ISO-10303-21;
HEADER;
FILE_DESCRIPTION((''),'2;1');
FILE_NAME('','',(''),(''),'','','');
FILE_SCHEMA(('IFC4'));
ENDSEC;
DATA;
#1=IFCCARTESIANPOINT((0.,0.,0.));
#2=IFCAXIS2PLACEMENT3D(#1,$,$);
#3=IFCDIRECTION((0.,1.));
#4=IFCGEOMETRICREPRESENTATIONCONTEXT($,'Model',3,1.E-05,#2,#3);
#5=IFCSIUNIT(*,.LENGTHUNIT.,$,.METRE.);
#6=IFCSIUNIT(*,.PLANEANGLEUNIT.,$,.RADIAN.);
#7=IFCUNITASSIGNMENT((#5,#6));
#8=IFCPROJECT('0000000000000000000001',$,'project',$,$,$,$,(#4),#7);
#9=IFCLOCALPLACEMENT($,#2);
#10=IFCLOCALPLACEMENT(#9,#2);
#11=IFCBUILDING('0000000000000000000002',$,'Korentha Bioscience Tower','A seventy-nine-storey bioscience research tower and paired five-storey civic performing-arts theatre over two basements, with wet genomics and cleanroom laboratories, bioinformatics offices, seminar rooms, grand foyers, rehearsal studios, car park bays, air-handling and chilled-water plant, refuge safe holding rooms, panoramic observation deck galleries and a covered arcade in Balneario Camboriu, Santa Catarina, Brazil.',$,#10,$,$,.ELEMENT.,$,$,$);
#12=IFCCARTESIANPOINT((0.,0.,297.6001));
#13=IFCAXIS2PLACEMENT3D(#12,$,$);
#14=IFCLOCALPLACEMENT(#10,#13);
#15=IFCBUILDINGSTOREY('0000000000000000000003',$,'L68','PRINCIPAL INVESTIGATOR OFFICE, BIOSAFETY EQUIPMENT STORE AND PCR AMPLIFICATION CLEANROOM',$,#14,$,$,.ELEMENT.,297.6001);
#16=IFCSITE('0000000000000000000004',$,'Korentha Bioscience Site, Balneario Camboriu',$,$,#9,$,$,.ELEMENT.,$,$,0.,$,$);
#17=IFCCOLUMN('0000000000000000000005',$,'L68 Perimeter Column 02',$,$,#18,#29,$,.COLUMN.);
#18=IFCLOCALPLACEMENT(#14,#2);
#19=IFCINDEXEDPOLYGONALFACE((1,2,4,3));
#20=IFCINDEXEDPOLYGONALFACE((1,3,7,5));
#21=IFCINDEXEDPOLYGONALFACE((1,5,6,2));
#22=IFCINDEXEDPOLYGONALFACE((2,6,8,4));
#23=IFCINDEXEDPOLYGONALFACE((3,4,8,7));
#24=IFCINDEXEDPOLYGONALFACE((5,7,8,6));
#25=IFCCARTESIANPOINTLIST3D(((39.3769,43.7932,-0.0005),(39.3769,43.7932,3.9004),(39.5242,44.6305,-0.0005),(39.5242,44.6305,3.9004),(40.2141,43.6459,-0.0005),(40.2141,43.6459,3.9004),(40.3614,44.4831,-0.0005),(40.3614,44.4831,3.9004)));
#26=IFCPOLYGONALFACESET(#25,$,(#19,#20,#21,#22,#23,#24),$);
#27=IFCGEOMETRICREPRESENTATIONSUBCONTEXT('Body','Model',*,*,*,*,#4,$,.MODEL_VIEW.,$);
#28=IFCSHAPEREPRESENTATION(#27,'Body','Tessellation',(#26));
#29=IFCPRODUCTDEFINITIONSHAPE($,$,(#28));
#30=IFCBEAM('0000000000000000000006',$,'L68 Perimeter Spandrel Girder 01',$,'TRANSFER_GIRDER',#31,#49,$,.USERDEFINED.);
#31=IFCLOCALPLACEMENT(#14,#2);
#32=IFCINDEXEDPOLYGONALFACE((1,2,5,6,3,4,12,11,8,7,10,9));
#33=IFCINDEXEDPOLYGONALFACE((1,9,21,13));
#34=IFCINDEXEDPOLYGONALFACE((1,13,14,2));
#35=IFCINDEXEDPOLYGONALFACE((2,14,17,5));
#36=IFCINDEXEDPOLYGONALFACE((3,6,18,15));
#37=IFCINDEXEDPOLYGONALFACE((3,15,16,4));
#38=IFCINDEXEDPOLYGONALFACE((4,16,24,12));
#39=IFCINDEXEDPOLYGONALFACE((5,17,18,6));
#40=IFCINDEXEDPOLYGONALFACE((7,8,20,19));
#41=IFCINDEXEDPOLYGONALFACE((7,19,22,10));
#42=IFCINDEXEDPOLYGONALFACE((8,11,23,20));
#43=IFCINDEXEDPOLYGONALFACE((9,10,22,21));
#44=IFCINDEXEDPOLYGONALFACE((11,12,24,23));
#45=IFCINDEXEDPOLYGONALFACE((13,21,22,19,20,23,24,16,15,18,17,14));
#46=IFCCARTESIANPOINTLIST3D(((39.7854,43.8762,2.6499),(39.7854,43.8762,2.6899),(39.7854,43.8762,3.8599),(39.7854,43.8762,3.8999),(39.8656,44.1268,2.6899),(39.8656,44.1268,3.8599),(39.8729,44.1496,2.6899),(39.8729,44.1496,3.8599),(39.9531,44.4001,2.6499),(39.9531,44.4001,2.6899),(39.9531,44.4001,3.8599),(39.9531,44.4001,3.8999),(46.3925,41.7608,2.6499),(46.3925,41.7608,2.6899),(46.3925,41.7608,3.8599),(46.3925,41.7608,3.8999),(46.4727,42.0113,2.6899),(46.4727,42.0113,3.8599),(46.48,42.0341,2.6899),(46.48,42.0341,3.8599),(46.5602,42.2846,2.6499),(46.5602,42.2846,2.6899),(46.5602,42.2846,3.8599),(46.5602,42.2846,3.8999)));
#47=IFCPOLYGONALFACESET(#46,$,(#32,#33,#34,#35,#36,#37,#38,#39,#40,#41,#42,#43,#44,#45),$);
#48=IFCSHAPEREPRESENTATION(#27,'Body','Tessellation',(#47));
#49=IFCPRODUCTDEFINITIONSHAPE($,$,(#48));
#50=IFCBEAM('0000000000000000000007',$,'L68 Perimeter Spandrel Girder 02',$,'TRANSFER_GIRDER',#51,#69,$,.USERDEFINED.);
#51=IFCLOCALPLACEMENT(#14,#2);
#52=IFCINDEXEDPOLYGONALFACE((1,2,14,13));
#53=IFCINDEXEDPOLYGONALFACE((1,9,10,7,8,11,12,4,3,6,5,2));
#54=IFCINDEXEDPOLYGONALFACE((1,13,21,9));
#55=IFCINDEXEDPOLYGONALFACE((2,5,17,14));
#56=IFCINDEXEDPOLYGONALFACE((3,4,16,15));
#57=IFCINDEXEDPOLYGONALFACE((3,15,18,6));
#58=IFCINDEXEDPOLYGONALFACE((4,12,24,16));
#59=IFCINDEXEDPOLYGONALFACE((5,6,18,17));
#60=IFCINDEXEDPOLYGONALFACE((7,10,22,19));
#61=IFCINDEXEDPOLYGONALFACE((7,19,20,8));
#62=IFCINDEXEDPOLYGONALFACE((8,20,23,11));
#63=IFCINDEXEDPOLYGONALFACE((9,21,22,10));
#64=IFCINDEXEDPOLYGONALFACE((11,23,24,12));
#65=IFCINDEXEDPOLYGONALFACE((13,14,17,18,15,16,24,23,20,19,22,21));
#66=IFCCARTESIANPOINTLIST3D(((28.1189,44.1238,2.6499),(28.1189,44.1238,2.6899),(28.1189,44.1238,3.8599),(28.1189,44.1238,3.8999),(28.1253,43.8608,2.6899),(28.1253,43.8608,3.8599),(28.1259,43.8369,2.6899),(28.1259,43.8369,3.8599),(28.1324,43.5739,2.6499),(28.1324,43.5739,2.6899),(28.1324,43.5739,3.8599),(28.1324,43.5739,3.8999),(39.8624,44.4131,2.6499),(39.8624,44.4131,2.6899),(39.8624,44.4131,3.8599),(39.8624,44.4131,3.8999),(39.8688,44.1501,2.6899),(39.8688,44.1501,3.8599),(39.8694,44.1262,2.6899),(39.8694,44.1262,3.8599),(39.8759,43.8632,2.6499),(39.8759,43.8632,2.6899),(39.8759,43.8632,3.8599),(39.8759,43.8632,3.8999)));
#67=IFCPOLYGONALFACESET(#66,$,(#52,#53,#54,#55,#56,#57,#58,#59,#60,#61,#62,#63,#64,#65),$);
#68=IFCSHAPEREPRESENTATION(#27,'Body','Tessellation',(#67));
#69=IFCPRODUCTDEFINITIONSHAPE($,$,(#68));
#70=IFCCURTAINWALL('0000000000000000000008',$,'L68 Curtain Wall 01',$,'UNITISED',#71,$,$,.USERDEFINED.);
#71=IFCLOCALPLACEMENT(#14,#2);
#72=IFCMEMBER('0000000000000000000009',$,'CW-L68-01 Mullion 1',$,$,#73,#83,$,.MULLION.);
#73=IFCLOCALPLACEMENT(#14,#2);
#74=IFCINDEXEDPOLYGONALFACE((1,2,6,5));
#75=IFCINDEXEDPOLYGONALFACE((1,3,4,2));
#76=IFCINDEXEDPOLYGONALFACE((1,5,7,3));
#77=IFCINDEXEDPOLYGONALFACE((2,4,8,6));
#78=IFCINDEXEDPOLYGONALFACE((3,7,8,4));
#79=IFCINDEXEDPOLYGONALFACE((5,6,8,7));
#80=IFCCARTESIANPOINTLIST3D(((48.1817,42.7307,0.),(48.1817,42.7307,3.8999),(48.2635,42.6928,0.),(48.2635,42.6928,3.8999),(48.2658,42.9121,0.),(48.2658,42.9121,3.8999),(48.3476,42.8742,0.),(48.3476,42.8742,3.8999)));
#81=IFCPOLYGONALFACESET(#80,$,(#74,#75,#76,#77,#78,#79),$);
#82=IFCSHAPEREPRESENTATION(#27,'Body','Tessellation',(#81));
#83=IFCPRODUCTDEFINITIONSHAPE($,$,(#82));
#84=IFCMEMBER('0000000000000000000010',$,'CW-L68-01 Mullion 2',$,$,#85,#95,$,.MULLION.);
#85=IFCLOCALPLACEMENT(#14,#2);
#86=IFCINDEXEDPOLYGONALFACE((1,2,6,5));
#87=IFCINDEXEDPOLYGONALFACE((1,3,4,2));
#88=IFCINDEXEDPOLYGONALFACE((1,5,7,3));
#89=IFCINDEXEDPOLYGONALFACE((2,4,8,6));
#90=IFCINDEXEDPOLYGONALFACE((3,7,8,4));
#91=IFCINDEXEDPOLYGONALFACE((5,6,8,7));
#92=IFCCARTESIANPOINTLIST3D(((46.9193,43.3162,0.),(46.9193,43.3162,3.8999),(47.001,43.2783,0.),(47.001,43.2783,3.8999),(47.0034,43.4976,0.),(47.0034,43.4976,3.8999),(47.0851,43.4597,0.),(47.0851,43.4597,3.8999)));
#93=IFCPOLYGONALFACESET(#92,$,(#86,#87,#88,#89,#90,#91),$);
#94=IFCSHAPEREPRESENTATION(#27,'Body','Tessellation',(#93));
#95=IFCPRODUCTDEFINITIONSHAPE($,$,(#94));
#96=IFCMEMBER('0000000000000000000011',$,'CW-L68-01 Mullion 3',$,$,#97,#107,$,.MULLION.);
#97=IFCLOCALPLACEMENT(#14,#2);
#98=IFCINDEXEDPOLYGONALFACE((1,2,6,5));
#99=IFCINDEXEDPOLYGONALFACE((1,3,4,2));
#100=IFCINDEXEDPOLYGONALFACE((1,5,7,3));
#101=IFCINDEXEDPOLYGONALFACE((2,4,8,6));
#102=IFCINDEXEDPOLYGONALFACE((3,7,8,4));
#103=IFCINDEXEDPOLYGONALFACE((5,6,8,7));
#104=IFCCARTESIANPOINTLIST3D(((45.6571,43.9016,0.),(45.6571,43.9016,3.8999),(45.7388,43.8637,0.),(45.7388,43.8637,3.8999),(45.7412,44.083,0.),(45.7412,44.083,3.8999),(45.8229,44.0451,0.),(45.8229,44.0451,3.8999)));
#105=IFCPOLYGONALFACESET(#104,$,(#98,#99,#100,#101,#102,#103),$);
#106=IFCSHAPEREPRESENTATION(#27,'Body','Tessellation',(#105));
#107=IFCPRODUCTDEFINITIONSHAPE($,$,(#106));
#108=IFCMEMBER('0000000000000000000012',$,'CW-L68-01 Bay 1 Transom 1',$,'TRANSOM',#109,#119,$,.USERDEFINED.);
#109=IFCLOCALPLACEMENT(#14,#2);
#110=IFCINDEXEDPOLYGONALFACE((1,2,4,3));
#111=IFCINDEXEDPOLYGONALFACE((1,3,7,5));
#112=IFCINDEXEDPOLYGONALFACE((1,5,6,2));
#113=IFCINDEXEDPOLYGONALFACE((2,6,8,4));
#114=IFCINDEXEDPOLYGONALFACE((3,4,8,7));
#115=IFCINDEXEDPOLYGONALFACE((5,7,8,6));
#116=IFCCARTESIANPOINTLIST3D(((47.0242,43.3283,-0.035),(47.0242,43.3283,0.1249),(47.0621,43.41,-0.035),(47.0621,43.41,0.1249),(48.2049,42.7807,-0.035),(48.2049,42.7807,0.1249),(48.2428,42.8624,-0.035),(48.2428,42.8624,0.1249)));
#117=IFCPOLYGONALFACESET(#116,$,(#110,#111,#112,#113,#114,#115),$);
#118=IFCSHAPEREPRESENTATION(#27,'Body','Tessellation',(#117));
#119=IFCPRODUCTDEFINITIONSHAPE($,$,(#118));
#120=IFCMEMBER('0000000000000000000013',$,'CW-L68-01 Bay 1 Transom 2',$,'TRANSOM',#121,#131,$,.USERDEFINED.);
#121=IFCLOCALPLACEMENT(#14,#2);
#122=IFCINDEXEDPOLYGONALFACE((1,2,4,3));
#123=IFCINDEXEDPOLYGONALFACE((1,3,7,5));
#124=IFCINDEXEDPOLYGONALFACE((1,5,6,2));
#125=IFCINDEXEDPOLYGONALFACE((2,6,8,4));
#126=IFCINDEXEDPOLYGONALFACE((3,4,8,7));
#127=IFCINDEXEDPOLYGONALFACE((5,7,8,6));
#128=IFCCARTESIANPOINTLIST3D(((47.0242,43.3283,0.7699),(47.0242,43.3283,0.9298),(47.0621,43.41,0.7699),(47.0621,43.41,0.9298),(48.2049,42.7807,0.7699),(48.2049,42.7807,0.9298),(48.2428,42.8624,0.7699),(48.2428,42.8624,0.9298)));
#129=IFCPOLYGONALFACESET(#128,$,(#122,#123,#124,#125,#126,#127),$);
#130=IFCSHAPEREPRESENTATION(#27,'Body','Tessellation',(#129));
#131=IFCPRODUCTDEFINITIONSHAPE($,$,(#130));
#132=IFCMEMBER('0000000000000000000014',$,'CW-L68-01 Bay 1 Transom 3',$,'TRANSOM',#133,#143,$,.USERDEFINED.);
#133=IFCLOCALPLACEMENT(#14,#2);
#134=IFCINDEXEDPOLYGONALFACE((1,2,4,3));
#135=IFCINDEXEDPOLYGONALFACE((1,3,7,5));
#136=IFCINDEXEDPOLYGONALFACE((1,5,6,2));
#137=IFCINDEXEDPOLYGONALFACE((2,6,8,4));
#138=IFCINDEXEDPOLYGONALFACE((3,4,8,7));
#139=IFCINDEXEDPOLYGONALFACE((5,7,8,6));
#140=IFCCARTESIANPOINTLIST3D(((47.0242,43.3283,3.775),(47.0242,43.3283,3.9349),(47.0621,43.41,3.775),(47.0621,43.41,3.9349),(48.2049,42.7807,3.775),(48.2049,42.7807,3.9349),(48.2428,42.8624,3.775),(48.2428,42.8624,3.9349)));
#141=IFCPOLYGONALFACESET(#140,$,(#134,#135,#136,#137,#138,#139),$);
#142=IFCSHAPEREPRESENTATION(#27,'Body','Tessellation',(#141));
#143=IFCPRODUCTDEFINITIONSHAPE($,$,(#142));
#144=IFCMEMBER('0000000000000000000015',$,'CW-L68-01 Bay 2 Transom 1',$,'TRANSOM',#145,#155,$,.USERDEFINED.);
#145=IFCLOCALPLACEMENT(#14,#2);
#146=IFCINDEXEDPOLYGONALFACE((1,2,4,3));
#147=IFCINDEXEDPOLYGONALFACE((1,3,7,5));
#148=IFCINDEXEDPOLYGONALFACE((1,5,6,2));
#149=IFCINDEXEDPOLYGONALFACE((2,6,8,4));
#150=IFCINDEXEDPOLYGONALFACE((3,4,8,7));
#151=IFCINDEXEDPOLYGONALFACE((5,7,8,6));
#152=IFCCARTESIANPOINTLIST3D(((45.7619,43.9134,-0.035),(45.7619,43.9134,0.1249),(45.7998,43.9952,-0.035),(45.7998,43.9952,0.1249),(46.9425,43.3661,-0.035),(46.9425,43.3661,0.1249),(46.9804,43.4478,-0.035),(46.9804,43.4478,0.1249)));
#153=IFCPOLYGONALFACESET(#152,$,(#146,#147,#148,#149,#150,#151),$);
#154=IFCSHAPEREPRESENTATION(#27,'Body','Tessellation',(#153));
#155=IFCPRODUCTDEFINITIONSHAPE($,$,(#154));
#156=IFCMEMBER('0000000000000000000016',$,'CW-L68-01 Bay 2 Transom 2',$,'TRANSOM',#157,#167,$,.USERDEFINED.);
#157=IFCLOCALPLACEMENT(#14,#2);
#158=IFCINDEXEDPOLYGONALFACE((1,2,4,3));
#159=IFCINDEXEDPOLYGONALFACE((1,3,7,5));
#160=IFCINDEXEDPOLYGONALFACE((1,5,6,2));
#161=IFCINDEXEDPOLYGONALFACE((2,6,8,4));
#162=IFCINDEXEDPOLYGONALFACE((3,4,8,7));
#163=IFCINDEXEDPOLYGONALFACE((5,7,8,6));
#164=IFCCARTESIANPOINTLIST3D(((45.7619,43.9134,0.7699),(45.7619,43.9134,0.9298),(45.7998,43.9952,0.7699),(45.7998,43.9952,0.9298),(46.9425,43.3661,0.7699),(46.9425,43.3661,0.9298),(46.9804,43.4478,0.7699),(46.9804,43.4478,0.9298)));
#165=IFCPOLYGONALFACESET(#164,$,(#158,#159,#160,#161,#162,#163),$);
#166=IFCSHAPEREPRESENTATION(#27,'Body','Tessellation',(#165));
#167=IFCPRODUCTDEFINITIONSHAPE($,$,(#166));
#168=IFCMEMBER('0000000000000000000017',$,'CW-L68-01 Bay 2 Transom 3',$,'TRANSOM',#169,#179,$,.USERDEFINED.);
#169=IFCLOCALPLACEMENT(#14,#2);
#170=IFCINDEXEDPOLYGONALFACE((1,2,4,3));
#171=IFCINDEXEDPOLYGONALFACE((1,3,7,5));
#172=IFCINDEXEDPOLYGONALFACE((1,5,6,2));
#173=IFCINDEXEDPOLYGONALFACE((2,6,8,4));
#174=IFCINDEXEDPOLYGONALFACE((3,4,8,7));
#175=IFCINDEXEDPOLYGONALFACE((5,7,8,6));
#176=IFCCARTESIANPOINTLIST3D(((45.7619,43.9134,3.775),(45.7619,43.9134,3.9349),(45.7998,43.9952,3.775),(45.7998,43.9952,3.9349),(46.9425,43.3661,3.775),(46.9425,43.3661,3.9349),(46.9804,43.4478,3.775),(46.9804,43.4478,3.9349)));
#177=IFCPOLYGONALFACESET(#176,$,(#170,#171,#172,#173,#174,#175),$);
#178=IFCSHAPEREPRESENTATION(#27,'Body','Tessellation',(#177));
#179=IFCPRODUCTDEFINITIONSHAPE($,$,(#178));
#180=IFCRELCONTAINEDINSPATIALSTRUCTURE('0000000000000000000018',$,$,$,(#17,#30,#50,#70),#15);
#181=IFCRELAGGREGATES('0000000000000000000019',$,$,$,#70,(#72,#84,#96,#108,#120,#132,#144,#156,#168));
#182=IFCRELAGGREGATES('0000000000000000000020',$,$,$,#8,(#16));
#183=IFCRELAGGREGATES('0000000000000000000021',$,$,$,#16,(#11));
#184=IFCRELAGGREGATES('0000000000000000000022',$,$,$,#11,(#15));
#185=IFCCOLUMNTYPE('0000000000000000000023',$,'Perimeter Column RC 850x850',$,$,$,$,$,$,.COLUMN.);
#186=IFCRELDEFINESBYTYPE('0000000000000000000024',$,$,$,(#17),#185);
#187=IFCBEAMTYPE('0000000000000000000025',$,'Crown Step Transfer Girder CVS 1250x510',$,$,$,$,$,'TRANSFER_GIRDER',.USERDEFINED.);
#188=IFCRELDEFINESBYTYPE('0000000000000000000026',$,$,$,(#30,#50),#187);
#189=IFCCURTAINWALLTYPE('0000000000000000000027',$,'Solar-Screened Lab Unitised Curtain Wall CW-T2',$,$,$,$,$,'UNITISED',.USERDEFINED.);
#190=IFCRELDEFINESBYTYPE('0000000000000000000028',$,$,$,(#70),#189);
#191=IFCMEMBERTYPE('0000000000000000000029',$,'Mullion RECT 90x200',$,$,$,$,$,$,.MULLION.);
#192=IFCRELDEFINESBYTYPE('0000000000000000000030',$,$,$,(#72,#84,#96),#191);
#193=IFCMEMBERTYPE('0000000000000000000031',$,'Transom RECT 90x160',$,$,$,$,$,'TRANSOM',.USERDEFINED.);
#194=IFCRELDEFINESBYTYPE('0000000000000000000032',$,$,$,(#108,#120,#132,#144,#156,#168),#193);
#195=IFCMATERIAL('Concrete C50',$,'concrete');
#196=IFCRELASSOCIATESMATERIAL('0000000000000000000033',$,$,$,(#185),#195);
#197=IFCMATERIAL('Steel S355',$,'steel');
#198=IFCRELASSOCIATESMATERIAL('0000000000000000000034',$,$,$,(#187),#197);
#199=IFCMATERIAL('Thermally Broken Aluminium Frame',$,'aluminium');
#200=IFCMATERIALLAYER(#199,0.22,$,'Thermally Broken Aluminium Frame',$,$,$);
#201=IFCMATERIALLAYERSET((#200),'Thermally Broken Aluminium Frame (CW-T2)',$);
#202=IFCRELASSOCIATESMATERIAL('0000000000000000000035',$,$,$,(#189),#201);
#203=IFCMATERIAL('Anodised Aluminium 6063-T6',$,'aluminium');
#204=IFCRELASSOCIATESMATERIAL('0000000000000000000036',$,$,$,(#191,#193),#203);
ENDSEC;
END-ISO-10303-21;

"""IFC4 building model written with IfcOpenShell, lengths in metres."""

from ifc_helpers import new_model, si_unit, direction, frame, origin, origin_2d, place, context, subcontext, project, spatial, rectangle, i_section, extrude, material, layer, layer_set, material_profile, profile_set, type_object, element, aggregate, save


model = new_model("IFC4")

# Units and contexts
model_context = context("Model", 3, precision=1e-05, world=origin(), true_north=direction((0.0, 1.0)))
body_context = subcontext(model_context, "Body", "Model", "MODEL_VIEW")
ifc_project = project(units=[si_unit("LENGTHUNIT", "METRE"), si_unit("PLANEANGLEUNIT", "RADIAN")], contexts=[model_context])

# Site, building, storey
site_placement = place(None, origin())
site = spatial("IfcSite", under=ifc_project, at=site_placement, Name="Korentha Bioscience Site, Balneario Camboriu", CompositionType="ELEMENT", RefElevation=0.0)
building_placement = place(site_placement, origin())
building = spatial("IfcBuilding", under=site, at=building_placement, Name="Korentha Bioscience Tower", Description="A seventy-nine-storey bioscience research tower and paired five-storey civic performing-arts theatre over two basements, with wet genomics and cleanroom laboratories, bioinformatics offices, seminar rooms, grand foyers, rehearsal studios, car park bays, air-handling and chilled-water plant, refuge safe holding rooms, panoramic observation deck galleries and a covered arcade in Balneario Camboriu, Santa Catarina, Brazil.", CompositionType="ELEMENT")
storey_placement = place(building_placement, frame((0.0, 0.0, 297.6001)))
storey = spatial("IfcBuildingStorey", under=building, at=storey_placement, Name="L68", Description="PRINCIPAL INVESTIGATOR OFFICE, BIOSAFETY EQUIPMENT STORE AND PCR AMPLIFICATION CLEANROOM", CompositionType="ELEMENT", Elevation=297.6001)

# Column
ifc_material_1 = material(Name="Concrete C50", Category="concrete")
ifc_material_profile_1 = material_profile(ifc_material_1, rectangle(XDim=0.8501, YDim=0.8501, at=origin_2d()), Name="Concrete C50")
ifc_profile_set_1 = profile_set([ifc_material_profile_1], Name="Concrete C50 (COL-P08)")
column_type = type_object("IfcColumnType", Name="Perimeter Column RC 850x850", PredefinedType="COLUMN", material=ifc_profile_set_1)
column_placement = place(storey_placement, frame((39.8691, 44.1382, -0.0005), z_axis=(0.0, 0.0, 1.0), x_axis=(-0.984868, 0.173304, 0.0)))
element("IfcColumn", 1, at=column_placement, inside=storey, type_object=column_type, Name="L68 Perimeter Column 02", PredefinedType="COLUMN", context=body_context, shape_type="SweptSolid", body=[
    extrude(rectangle(XDim=0.8501, YDim=0.8501, at=origin_2d()), origin(), (0.0, 0.0, 1.0), 3.9009),
])

# Beams
ifc_material_2 = material(Name="Steel S355", Category="steel")
ifc_material_profile_2 = material_profile(ifc_material_2, i_section(OverallWidth=0.55, OverallDepth=1.25, WebThickness=0.0239, FlangeThickness=0.04, at=origin_2d()), Name="Steel S355")
ifc_profile_set_2 = profile_set([ifc_material_profile_2], Name="Steel S355 (TG-03)")
beam_type = type_object("IfcBeamType", Name="Crown Step Transfer Girder CVS 1250x510", ElementType="TRANSFER_GIRDER", PredefinedType="USERDEFINED", material=ifc_profile_set_2)
beam_1_placement = place(storey_placement, frame((46.4763, 42.0227, 3.2749), z_axis=(-0.952375, 0.30493, 0.0), x_axis=(-0.30493, -0.952375, 0.0)))
element("IfcBeam", 2, at=beam_1_placement, inside=storey, type_object=beam_type, Name="L68 Perimeter Spandrel Girder 01", ObjectType="TRANSFER_GIRDER", PredefinedType="USERDEFINED", context=body_context, shape_type="SweptSolid", body=[
    extrude(i_section(OverallWidth=0.55, OverallDepth=1.25, WebThickness=0.0239, FlangeThickness=0.04, at=origin_2d()), origin(), (0.0, 0.0, 1.0), 6.9375),
])
beam_2_placement = place(storey_placement, frame((39.8691, 44.1382, 3.2749), z_axis=(-0.999697, -0.024628, 0.0), x_axis=(0.024628, -0.999697, 0.0)))
element("IfcBeam", 3, at=beam_2_placement, inside=storey, type_object=beam_type, Name="L68 Perimeter Spandrel Girder 02", ObjectType="TRANSFER_GIRDER", PredefinedType="USERDEFINED", context=body_context, shape_type="SweptSolid", body=[
    extrude(i_section(OverallWidth=0.55, OverallDepth=1.25, WebThickness=0.0239, FlangeThickness=0.04, at=origin_2d()), origin(), (0.0, 0.0, 1.0), 11.7471),
])

# Curtain wall, members
ifc_material_3 = material(Name="Thermally Broken Aluminium Frame", Category="aluminium")
ifc_layer_1 = layer(ifc_material_3, 0.22, Name="Thermally Broken Aluminium Frame")
ifc_layer_set_1 = layer_set([ifc_layer_1], Name="Thermally Broken Aluminium Frame (CW-T2)")
curtain_wall_type = type_object("IfcCurtainWallType", Name="Solar-Screened Lab Unitised Curtain Wall CW-T2", ElementType="UNITISED", PredefinedType="USERDEFINED", material=ifc_layer_set_1)
curtain_wall_placement = place(storey_placement, origin())
curtain_wall = element("IfcCurtainWall", 4, at=curtain_wall_placement, inside=storey, type_object=curtain_wall_type, Name="L68 Curtain Wall 01", ObjectType="UNITISED", PredefinedType="USERDEFINED")
ifc_material_4 = material(Name="Anodised Aluminium 6063-T6", Category="aluminium")
ifc_material_profile_3 = material_profile(ifc_material_4, rectangle(XDim=0.0901, YDim=0.2, at=origin_2d()), Name="Anodised Aluminium 6063-T6")
ifc_profile_set_3 = profile_set([ifc_material_profile_3], Name="Anodised Aluminium 6063-T6 (CW-MUL)")
member_type_1 = type_object("IfcMemberType", Name="Mullion RECT 90x200", PredefinedType="MULLION", material=ifc_profile_set_3)
member_1_placement = place(storey_placement, frame((48.2646, 42.8025, 0.0), z_axis=(0.0, 0.0, 1.0), x_axis=(-0.907204, 0.420691, 0.0)))
member_1 = element("IfcMember", 5, at=member_1_placement, type_object=member_type_1, Name="CW-L68-01 Mullion 1", PredefinedType="MULLION", context=body_context, shape_type="SweptSolid", body=[
    extrude(rectangle(XDim=0.0901, YDim=0.2, at=origin_2d()), origin(), (0.0, 0.0, 1.0), 3.8999),
])
member_2_placement = place(storey_placement, frame((47.0022, 43.3879, 0.0), z_axis=(0.0, 0.0, 1.0), x_axis=(-0.907204, 0.420691, 0.0)))
member_2 = element("IfcMember", 6, at=member_2_placement, type_object=member_type_1, Name="CW-L68-01 Mullion 2", PredefinedType="MULLION", context=body_context, shape_type="SweptSolid", body=[
    extrude(rectangle(XDim=0.0901, YDim=0.2, at=origin_2d()), origin(), (0.0, 0.0, 1.0), 3.8999),
])
member_3_placement = place(storey_placement, frame((45.74, 43.9734, 0.0), z_axis=(0.0, 0.0, 1.0), x_axis=(-0.907204, 0.420691, 0.0)))
member_3 = element("IfcMember", 7, at=member_3_placement, type_object=member_type_1, Name="CW-L68-01 Mullion 3", PredefinedType="MULLION", context=body_context, shape_type="SweptSolid", body=[
    extrude(rectangle(XDim=0.0901, YDim=0.2, at=origin_2d()), origin(), (0.0, 0.0, 1.0), 3.8999),
])
ifc_material_profile_4 = material_profile(ifc_material_4, rectangle(XDim=0.0901, YDim=0.1599, at=origin_2d()), Name="Anodised Aluminium 6063-T6")
ifc_profile_set_4 = profile_set([ifc_material_profile_4], Name="Anodised Aluminium 6063-T6 (CW-TRN)")
member_type_2 = type_object("IfcMemberType", Name="Transom RECT 90x160", ElementType="TRANSOM", PredefinedType="USERDEFINED", material=ifc_profile_set_4)
member_4_placement = place(storey_placement, frame((48.2239, 42.8215, 0.0449), z_axis=(-0.907173, 0.420759, 0.0), x_axis=(-0.420759, -0.907173, 0.0)))
member_4 = element("IfcMember", 8, at=member_4_placement, type_object=member_type_2, Name="CW-L68-01 Bay 1 Transom 1", ObjectType="TRANSOM", PredefinedType="USERDEFINED", context=body_context, shape_type="SweptSolid", body=[
    extrude(rectangle(XDim=0.0901, YDim=0.1599, at=origin_2d()), origin(), (0.0, 0.0, 1.0), 1.3015),
])
member_5_placement = place(storey_placement, frame((48.2239, 42.8215, 0.8499), z_axis=(-0.907173, 0.420759, 0.0), x_axis=(-0.420759, -0.907173, 0.0)))
member_5 = element("IfcMember", 9, at=member_5_placement, type_object=member_type_2, Name="CW-L68-01 Bay 1 Transom 2", ObjectType="TRANSOM", PredefinedType="USERDEFINED", context=body_context, shape_type="SweptSolid", body=[
    extrude(rectangle(XDim=0.0901, YDim=0.1599, at=origin_2d()), origin(), (0.0, 0.0, 1.0), 1.3015),
])
member_6_placement = place(storey_placement, frame((48.2239, 42.8215, 3.855), z_axis=(-0.907173, 0.420759, 0.0), x_axis=(-0.420759, -0.907173, 0.0)))
member_6 = element("IfcMember", 10, at=member_6_placement, type_object=member_type_2, Name="CW-L68-01 Bay 1 Transom 3", ObjectType="TRANSOM", PredefinedType="USERDEFINED", context=body_context, shape_type="SweptSolid", body=[
    extrude(rectangle(XDim=0.0901, YDim=0.1599, at=origin_2d()), origin(), (0.0, 0.0, 1.0), 1.3015),
])
member_7_placement = place(storey_placement, frame((46.9614, 43.407, 0.0449), z_axis=(-0.907244, 0.420604, 0.0), x_axis=(-0.420604, -0.907244, 0.0)))
member_7 = element("IfcMember", 11, at=member_7_placement, type_object=member_type_2, Name="CW-L68-01 Bay 2 Transom 1", ObjectType="TRANSOM", PredefinedType="USERDEFINED", context=body_context, shape_type="SweptSolid", body=[
    extrude(rectangle(XDim=0.0901, YDim=0.1599, at=origin_2d()), origin(), (0.0, 0.0, 1.0), 1.3013),
])
member_8_placement = place(storey_placement, frame((46.9614, 43.407, 0.8499), z_axis=(-0.907244, 0.420604, 0.0), x_axis=(-0.420604, -0.907244, 0.0)))
member_8 = element("IfcMember", 12, at=member_8_placement, type_object=member_type_2, Name="CW-L68-01 Bay 2 Transom 2", ObjectType="TRANSOM", PredefinedType="USERDEFINED", context=body_context, shape_type="SweptSolid", body=[
    extrude(rectangle(XDim=0.0901, YDim=0.1599, at=origin_2d()), origin(), (0.0, 0.0, 1.0), 1.3013),
])
member_9_placement = place(storey_placement, frame((46.9614, 43.407, 3.855), z_axis=(-0.907244, 0.420604, 0.0), x_axis=(-0.420604, -0.907244, 0.0)))
member_9 = element("IfcMember", 13, at=member_9_placement, type_object=member_type_2, Name="CW-L68-01 Bay 2 Transom 3", ObjectType="TRANSOM", PredefinedType="USERDEFINED", context=body_context, shape_type="SweptSolid", body=[
    extrude(rectangle(XDim=0.0901, YDim=0.1599, at=origin_2d()), origin(), (0.0, 0.0, 1.0), 1.3013),
])
aggregate(curtain_wall, [member_1, member_2, member_3, member_4, member_5, member_6, member_7, member_8, member_9])

save(model, "model.ifc")
